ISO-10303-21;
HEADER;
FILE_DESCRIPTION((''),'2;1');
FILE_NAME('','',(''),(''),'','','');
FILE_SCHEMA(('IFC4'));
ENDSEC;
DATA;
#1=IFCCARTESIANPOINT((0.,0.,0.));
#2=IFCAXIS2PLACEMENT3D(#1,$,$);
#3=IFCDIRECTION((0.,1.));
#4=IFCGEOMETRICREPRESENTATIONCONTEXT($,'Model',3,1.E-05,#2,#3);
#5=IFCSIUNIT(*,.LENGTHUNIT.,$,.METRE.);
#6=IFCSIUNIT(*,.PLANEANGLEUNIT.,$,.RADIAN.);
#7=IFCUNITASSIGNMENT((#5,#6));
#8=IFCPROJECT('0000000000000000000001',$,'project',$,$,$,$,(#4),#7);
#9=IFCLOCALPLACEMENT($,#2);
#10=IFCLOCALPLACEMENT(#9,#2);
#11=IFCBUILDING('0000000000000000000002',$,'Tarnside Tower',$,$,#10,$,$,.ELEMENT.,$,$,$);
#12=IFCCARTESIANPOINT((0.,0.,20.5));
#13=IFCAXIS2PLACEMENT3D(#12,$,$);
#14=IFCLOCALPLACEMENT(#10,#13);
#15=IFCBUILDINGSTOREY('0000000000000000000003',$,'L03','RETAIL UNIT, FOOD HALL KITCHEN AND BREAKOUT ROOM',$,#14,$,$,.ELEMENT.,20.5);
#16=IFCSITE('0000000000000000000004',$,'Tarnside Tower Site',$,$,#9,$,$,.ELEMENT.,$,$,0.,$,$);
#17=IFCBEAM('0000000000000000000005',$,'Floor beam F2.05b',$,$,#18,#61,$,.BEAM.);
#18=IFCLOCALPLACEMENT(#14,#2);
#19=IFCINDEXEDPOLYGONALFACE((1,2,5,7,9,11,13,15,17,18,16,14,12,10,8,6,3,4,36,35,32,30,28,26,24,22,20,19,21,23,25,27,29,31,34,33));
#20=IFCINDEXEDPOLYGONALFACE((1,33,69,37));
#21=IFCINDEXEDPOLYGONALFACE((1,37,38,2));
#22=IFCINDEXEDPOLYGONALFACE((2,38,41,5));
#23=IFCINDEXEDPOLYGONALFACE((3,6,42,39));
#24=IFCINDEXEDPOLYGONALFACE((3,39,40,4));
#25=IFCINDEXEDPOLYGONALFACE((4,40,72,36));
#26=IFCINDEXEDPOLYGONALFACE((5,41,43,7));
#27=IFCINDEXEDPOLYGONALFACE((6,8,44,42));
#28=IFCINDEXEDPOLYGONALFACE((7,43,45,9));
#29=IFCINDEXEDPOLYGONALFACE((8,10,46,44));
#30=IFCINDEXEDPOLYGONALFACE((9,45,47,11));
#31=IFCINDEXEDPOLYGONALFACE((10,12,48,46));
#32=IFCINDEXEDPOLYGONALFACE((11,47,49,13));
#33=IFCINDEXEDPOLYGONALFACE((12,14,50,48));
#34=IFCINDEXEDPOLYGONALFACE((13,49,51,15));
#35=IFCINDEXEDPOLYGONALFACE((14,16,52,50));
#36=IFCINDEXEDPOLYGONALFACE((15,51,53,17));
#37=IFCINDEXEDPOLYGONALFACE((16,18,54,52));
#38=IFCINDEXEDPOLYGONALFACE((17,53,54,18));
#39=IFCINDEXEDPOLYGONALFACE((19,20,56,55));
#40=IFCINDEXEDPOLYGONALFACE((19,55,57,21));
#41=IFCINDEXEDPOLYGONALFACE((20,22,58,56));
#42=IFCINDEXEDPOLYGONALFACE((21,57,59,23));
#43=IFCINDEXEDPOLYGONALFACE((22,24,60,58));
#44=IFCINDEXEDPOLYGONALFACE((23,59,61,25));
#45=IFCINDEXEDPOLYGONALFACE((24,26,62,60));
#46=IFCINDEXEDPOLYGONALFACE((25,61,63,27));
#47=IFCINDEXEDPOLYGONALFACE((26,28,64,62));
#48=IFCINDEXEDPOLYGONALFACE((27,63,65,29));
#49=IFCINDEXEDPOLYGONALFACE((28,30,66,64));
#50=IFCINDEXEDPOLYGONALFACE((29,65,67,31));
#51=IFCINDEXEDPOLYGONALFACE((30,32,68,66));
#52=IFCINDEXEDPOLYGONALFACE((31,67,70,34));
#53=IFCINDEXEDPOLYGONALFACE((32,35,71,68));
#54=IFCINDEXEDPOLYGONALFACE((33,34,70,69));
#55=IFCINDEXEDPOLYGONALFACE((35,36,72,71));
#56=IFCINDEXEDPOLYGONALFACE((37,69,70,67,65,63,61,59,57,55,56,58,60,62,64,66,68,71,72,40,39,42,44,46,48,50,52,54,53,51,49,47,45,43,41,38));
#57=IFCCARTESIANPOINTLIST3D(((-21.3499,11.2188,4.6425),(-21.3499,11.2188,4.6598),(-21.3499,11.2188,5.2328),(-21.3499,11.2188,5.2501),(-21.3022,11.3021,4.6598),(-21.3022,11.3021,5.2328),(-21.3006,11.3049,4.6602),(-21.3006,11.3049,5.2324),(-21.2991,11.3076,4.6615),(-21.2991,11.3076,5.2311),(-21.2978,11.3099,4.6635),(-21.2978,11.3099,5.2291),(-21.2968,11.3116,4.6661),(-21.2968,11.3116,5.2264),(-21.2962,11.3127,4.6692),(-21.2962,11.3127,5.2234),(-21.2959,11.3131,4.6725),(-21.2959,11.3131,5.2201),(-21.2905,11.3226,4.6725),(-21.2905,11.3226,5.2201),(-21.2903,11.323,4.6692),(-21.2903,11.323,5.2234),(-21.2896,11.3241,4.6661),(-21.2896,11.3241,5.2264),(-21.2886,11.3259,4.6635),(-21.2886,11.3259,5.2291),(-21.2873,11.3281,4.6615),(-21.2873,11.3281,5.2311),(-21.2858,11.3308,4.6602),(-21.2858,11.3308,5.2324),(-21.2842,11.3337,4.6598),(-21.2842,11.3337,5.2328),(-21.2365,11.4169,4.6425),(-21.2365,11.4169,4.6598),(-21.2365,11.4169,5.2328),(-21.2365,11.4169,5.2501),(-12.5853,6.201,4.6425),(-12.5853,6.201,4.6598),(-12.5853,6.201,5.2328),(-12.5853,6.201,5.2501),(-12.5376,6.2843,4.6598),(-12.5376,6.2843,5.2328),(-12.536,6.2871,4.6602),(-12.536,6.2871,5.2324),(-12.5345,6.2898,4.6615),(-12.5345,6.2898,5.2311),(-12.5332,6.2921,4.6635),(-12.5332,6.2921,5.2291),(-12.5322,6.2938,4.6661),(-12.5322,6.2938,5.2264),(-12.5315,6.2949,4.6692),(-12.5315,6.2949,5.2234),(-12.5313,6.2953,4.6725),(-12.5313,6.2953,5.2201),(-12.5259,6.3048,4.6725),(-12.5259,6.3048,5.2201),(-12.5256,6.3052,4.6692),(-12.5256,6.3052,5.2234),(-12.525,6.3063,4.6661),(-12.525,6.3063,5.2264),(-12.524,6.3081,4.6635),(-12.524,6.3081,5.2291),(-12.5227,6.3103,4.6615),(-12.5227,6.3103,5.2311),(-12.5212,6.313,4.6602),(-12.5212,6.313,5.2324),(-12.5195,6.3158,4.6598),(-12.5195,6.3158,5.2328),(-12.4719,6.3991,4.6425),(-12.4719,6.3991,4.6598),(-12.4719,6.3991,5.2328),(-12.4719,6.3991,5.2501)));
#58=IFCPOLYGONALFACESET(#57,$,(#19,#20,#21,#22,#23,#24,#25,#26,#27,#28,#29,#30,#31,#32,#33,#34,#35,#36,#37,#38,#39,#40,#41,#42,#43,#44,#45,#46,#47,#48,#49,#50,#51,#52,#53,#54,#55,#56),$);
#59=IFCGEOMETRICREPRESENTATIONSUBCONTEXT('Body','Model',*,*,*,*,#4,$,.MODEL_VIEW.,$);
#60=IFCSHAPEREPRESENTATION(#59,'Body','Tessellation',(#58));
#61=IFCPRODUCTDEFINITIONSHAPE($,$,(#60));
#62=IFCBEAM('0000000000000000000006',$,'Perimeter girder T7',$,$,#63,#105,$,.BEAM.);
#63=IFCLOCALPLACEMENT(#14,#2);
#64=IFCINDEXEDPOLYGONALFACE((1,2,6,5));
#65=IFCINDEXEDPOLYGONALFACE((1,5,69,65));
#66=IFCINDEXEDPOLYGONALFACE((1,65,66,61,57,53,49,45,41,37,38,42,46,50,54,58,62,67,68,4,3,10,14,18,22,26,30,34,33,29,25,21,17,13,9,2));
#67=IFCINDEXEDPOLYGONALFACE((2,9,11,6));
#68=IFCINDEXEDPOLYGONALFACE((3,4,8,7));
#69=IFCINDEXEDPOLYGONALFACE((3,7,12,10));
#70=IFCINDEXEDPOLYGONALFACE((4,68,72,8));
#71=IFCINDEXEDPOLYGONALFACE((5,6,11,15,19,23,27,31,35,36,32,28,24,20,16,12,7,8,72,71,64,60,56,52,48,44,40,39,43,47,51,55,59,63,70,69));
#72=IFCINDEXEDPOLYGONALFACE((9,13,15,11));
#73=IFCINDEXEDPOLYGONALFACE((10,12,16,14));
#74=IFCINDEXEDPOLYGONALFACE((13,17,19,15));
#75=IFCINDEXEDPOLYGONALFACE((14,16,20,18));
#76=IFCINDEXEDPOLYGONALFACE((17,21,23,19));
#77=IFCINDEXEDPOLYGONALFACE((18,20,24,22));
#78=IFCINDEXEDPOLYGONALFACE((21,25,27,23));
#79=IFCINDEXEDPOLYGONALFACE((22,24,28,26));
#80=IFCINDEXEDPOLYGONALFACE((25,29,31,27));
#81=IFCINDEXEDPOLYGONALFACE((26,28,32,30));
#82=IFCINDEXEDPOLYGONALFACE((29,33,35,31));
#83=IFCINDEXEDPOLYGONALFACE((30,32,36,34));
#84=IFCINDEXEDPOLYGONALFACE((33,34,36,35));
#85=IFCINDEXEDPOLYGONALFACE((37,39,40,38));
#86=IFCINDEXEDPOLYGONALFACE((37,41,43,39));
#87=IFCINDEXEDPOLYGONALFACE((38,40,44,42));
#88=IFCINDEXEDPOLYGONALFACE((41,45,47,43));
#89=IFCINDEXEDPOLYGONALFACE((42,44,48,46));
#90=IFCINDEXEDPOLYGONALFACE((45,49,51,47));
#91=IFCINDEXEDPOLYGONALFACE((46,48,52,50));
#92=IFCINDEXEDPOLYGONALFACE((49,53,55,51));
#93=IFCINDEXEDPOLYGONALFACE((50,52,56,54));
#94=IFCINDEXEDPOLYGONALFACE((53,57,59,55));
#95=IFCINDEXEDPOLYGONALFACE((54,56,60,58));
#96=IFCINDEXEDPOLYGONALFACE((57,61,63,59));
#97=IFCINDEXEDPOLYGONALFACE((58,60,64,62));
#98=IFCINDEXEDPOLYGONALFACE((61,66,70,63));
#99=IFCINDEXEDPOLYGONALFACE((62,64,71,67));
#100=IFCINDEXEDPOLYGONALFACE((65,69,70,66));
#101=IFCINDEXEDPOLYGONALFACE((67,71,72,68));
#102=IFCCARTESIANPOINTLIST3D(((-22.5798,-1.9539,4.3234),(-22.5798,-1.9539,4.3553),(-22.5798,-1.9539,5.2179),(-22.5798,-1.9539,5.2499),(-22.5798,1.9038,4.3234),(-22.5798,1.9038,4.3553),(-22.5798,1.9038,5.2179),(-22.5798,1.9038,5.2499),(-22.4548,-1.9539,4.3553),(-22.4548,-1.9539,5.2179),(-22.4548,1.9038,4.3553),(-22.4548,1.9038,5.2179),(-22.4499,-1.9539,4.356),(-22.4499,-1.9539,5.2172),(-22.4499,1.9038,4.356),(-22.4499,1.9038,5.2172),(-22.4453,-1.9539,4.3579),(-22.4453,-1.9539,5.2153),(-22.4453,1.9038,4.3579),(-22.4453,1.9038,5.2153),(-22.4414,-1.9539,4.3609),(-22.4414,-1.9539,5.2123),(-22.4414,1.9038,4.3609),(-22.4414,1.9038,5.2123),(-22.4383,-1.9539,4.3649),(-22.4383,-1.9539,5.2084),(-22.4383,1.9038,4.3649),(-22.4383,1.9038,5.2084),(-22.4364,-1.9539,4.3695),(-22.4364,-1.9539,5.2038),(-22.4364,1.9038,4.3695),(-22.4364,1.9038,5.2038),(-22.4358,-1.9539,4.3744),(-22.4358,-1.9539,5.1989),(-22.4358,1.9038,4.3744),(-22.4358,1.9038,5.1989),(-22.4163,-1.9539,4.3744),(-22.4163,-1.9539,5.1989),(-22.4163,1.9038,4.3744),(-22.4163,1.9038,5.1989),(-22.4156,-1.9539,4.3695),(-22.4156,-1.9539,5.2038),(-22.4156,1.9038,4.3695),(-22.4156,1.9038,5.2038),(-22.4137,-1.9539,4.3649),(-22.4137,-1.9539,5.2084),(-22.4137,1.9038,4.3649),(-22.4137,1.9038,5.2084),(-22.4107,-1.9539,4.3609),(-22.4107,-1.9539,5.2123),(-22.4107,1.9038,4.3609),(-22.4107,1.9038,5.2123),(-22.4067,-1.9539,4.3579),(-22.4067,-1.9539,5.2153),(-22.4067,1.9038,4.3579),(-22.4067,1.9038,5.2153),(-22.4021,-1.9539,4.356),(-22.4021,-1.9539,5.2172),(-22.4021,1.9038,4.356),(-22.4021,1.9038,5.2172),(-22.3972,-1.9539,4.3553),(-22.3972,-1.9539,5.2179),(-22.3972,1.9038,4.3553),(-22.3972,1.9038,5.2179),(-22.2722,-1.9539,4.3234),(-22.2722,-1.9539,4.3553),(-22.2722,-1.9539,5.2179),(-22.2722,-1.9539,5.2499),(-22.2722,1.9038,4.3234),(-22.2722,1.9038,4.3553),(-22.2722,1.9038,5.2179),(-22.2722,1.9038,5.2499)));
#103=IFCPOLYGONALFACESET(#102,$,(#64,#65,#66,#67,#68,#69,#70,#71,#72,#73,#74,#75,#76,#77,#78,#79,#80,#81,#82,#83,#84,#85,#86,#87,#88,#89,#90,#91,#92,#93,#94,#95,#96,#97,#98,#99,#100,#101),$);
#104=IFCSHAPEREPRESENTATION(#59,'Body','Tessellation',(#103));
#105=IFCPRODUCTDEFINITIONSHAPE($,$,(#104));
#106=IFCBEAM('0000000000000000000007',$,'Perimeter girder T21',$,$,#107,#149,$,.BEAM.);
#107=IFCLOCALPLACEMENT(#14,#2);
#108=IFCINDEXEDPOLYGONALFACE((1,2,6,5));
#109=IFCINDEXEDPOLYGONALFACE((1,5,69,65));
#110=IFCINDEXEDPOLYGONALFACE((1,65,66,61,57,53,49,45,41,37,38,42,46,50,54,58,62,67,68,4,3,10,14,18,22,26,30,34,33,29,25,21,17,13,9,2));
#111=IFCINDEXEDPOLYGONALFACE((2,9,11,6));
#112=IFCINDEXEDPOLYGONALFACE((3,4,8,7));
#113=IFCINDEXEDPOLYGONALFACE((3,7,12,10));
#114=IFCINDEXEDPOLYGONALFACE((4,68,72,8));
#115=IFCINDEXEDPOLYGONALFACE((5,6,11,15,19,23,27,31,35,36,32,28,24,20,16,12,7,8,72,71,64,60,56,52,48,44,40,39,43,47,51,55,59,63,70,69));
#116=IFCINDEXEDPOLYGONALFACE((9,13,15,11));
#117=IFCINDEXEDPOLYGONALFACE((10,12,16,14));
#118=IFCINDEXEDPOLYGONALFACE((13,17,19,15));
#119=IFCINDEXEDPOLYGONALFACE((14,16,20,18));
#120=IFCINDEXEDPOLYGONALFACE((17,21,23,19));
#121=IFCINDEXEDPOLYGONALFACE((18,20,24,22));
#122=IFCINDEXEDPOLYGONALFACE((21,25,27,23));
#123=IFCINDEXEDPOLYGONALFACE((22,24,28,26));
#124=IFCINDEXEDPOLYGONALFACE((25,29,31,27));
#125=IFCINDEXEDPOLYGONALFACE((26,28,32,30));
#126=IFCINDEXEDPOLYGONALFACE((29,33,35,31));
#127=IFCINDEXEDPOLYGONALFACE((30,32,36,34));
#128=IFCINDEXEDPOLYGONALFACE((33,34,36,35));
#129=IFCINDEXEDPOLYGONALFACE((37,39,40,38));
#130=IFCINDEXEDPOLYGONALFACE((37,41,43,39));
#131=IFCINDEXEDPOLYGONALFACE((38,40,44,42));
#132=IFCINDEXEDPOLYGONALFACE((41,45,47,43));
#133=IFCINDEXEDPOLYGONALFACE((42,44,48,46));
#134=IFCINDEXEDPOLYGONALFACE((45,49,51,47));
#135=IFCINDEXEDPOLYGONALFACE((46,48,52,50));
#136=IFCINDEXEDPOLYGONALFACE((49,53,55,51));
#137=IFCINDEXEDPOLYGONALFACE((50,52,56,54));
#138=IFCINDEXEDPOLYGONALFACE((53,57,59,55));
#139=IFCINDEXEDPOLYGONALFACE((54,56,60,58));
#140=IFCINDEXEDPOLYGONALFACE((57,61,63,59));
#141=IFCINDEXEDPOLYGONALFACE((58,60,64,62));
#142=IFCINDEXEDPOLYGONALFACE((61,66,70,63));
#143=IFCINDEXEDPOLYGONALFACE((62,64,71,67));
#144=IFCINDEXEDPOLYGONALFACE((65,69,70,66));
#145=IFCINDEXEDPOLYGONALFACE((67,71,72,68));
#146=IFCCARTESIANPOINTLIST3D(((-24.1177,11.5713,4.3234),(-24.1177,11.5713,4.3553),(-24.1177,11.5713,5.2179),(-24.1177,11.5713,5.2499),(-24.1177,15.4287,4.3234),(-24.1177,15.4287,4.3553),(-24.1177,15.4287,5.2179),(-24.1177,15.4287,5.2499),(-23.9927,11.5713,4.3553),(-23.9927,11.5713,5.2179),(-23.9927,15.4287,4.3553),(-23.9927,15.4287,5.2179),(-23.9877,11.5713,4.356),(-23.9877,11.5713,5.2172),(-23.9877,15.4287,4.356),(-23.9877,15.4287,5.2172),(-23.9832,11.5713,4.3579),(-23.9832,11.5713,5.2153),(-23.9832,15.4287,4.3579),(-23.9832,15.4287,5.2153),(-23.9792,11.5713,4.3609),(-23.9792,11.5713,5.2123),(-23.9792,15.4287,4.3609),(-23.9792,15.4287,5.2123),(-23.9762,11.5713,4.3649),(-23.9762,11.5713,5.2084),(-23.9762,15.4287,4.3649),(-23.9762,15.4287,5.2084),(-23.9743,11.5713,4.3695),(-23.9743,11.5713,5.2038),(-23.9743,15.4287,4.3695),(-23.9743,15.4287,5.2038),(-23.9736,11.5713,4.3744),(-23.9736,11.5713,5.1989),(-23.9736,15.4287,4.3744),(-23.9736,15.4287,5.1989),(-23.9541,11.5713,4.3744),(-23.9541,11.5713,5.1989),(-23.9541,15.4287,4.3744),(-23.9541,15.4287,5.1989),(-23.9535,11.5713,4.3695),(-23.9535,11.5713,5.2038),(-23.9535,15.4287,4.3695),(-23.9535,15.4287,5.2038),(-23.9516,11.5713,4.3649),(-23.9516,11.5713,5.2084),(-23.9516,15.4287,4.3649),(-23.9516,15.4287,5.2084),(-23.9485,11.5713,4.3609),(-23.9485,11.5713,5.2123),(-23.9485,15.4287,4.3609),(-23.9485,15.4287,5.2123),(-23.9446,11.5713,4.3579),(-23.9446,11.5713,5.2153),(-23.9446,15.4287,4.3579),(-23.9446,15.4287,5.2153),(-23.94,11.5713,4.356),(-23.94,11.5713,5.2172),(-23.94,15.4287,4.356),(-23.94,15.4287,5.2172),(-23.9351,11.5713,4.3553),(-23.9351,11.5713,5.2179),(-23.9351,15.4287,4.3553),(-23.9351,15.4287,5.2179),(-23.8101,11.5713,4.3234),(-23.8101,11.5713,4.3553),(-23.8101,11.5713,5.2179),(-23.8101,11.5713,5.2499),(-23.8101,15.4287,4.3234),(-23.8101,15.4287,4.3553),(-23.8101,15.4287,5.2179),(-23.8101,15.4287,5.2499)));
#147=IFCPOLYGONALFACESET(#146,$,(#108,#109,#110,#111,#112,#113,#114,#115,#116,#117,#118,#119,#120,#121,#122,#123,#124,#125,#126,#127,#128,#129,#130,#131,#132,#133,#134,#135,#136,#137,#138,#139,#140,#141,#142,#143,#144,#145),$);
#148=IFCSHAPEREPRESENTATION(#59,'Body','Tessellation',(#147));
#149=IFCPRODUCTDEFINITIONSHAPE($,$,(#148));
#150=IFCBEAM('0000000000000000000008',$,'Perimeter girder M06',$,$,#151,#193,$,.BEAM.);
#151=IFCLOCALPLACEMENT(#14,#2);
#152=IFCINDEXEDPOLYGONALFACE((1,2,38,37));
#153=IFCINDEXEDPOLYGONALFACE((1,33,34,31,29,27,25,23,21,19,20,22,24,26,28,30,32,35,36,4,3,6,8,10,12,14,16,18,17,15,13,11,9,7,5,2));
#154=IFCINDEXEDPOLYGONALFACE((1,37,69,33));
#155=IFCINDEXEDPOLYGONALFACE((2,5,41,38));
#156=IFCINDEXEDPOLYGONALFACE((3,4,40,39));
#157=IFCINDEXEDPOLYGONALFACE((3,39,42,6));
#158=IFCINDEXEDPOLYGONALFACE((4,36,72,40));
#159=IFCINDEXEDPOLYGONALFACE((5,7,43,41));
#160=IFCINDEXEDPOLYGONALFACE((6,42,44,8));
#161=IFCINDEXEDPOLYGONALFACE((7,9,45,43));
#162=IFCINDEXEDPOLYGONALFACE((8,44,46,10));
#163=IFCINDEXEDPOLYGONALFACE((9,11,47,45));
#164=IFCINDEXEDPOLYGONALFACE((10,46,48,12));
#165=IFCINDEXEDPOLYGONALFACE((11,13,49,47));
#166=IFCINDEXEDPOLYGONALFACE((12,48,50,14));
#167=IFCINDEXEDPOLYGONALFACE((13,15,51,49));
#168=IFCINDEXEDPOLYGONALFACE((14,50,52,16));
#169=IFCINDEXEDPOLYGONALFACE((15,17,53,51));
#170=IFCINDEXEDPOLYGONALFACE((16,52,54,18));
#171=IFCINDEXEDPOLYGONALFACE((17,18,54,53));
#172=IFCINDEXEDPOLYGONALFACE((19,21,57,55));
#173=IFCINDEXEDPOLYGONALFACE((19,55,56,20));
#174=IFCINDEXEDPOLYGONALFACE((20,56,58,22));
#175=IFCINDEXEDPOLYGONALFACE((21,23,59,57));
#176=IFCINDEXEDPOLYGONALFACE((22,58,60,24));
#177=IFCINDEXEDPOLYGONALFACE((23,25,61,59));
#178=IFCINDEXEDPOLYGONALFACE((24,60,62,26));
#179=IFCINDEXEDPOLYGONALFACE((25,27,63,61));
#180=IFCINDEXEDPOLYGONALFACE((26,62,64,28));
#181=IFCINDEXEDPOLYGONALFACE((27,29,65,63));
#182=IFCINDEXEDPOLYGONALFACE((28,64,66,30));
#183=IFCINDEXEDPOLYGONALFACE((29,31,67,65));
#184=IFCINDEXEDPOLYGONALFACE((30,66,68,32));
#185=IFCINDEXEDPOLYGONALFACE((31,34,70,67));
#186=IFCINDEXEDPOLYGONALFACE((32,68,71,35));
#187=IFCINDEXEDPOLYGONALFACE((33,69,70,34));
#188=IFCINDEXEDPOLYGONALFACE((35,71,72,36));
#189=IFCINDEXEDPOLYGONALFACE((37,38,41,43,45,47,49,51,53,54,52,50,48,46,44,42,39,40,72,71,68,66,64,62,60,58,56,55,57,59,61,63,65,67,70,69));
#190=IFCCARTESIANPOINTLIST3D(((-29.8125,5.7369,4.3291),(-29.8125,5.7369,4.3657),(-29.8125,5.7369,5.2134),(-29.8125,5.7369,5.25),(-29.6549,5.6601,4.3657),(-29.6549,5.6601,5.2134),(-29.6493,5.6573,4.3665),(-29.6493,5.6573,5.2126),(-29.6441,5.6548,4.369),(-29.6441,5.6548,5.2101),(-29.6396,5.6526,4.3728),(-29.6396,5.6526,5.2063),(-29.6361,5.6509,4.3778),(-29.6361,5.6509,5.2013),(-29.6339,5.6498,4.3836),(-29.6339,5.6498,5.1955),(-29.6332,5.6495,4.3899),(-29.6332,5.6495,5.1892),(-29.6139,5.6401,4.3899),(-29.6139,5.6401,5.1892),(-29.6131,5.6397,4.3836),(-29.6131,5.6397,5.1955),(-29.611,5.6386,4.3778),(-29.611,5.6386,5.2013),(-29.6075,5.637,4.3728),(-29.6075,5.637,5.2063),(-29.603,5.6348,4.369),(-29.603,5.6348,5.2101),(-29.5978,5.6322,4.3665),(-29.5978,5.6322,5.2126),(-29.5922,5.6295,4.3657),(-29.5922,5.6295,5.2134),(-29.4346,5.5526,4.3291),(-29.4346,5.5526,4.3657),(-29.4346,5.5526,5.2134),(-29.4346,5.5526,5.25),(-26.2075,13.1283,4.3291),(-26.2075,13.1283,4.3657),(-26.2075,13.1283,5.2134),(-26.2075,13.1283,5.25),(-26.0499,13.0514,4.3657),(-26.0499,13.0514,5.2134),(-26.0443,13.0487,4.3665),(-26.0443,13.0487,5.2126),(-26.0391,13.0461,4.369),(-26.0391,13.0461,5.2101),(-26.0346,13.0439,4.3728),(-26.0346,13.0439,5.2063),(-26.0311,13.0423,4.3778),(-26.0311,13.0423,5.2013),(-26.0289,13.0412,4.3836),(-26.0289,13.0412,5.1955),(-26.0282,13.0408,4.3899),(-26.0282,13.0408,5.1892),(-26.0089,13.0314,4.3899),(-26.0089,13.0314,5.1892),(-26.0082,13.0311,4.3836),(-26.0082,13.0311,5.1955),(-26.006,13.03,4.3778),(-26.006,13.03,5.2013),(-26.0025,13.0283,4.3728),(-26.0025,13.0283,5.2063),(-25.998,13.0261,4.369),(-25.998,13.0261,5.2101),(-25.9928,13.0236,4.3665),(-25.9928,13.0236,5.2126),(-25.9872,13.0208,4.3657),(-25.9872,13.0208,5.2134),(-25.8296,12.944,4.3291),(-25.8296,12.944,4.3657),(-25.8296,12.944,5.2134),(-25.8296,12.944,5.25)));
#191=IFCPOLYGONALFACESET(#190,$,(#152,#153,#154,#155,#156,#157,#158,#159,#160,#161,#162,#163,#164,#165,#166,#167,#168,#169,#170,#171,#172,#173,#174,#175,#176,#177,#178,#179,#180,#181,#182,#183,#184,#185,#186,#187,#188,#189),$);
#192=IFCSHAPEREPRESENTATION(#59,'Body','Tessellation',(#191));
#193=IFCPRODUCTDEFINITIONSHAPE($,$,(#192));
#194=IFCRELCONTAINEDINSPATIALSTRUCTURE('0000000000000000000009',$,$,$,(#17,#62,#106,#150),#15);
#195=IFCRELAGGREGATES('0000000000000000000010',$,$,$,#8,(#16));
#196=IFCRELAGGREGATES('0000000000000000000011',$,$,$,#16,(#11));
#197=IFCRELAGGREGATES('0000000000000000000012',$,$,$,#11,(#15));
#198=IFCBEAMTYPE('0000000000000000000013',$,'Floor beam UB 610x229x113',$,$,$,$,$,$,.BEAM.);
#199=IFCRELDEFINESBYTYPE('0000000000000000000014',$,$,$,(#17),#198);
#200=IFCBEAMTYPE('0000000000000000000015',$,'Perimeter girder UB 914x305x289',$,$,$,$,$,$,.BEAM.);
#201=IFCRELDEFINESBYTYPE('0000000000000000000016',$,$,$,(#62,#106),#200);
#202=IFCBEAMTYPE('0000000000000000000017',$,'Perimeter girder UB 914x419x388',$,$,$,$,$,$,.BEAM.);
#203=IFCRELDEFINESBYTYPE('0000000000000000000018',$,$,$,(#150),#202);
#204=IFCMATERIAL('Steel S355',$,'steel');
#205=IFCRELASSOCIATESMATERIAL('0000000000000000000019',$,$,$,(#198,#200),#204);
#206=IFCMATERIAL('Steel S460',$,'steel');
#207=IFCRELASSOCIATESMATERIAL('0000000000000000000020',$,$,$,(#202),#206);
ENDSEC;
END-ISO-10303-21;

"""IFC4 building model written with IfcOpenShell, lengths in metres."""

from ifc_helpers import new_model, si_unit, direction, frame, origin, origin_2d, place, context, subcontext, project, spatial, i_section, extrude, material, material_profile, profile_set, type_object, element, save


model = new_model("IFC4")

# Units and contexts
model_context = context("Model", 3, precision=1e-05, world=origin(), true_north=direction((0.0, 1.0)))
body_context = subcontext(model_context, "Body", "Model", "MODEL_VIEW")
ifc_project = project(units=[si_unit("LENGTHUNIT", "METRE"), si_unit("PLANEANGLEUNIT", "RADIAN")], contexts=[model_context])

# Site, building, storey
site_placement = place(None, origin())
site = spatial("IfcSite", under=ifc_project, at=site_placement, Name="Tarnside Tower Site", CompositionType="ELEMENT", RefElevation=0.0)
building_placement = place(site_placement, origin())
building = spatial("IfcBuilding", under=site, at=building_placement, Name="Tarnside Tower", CompositionType="ELEMENT")
storey_placement = place(building_placement, frame((0.0, 0.0, 20.5)))
storey = spatial("IfcBuildingStorey", under=building, at=storey_placement, Name="L03", Description="RETAIL UNIT, FOOD HALL KITCHEN AND BREAKOUT ROOM", CompositionType="ELEMENT", Elevation=20.5)

# Shared definitions
ifc_material_1 = material(Name="Steel S460", Category="steel")

# Beams
ifc_material_2 = material(Name="Steel S355", Category="steel")
ifc_material_profile_1 = material_profile(ifc_material_2, i_section(OverallWidth=0.2283, OverallDepth=0.6077, WebThickness=0.011, FlangeThickness=0.0173, FilletRadius=0.0127, at=origin_2d()), Name="UB 610x229x113")
ifc_profile_set_1 = profile_set([ifc_material_profile_1], Name="Steel S355")
beam_type_1 = type_object("IfcBeamType", Name="Floor beam UB 610x229x113", PredefinedType="BEAM", material=ifc_profile_set_1)
beam_1_placement = place(storey_placement, frame((-21.2932, 11.3179, 4.9463), z_axis=(0.86784, -0.496844, 0.0), x_axis=(0.496844, 0.86784, 0.0)))
element("IfcBeam", 1, at=beam_1_placement, inside=storey, type_object=beam_type_1, Name="Floor beam F2.05b", PredefinedType="BEAM", context=body_context, shape_type="SweptSolid", body=[
    extrude(i_section(OverallWidth=0.2283, OverallDepth=0.6077, WebThickness=0.011, FlangeThickness=0.0173, FilletRadius=0.0127, at=origin_2d()), origin(), (0.0, 0.0, 1.0), 10.0994),
])
ifc_material_profile_2 = material_profile(ifc_material_2, i_section(OverallWidth=0.3076, OverallDepth=0.9265, WebThickness=0.0195, FlangeThickness=0.032, FilletRadius=0.019, at=origin_2d()), Name="UB 914x305x289")
ifc_profile_set_2 = profile_set([ifc_material_profile_2], Name="Steel S355")
beam_type_2 = type_object("IfcBeamType", Name="Perimeter girder UB 914x305x289", PredefinedType="BEAM", material=ifc_profile_set_2)
beam_2_placement = place(storey_placement, frame((-22.426, 1.9038, 4.7866), z_axis=(0.0, -1.0, 0.0), x_axis=(1.0, 0.0, 0.0)))
element("IfcBeam", 2, at=beam_2_placement, inside=storey, type_object=beam_type_2, Name="Perimeter girder T7", PredefinedType="BEAM", context=body_context, shape_type="SweptSolid", body=[
    extrude(i_section(OverallWidth=0.3076, OverallDepth=0.9265, WebThickness=0.0195, FlangeThickness=0.032, FilletRadius=0.019, at=origin_2d()), origin(), (0.0, 0.0, 1.0), 3.8577),
])
beam_3_placement = place(storey_placement, frame((-23.9639, 11.5713, 4.7866), z_axis=(0.0, 1.0, 0.0), x_axis=(-1.0, 0.0, 0.0)))
element("IfcBeam", 3, at=beam_3_placement, inside=storey, type_object=beam_type_2, Name="Perimeter girder T21", PredefinedType="BEAM", context=body_context, shape_type="SweptSolid", body=[
    extrude(i_section(OverallWidth=0.3076, OverallDepth=0.9265, WebThickness=0.0195, FlangeThickness=0.032, FilletRadius=0.019, at=origin_2d()), origin(), (0.0, 0.0, 1.0), 3.8574),
])
ifc_material_profile_3 = material_profile(ifc_material_1, i_section(OverallWidth=0.4204, OverallDepth=0.9209, WebThickness=0.0215, FlangeThickness=0.0366, FilletRadius=0.0242, at=origin_2d()), Name="UB 914x419x388")
ifc_profile_set_3 = profile_set([ifc_material_profile_3], Name="Steel S460")
beam_type_3 = type_object("IfcBeamType", Name="Perimeter girder UB 914x419x388", PredefinedType="BEAM", material=ifc_profile_set_3)
beam_4_placement = place(storey_placement, frame((-26.0186, 13.0361, 4.7896), z_axis=(-0.438369, -0.898795, 0.0), x_axis=(0.898795, -0.438369, 0.0)))
element("IfcBeam", 4, at=beam_4_placement, inside=storey, type_object=beam_type_3, Name="Perimeter girder M06", PredefinedType="BEAM", context=body_context, shape_type="SweptSolid", body=[
    extrude(i_section(OverallWidth=0.4204, OverallDepth=0.9209, WebThickness=0.0215, FlangeThickness=0.0366, FilletRadius=0.0242, at=origin_2d()), origin(), (0.0, 0.0, 1.0), 8.2236),
])

save(model, "model.ifc")
